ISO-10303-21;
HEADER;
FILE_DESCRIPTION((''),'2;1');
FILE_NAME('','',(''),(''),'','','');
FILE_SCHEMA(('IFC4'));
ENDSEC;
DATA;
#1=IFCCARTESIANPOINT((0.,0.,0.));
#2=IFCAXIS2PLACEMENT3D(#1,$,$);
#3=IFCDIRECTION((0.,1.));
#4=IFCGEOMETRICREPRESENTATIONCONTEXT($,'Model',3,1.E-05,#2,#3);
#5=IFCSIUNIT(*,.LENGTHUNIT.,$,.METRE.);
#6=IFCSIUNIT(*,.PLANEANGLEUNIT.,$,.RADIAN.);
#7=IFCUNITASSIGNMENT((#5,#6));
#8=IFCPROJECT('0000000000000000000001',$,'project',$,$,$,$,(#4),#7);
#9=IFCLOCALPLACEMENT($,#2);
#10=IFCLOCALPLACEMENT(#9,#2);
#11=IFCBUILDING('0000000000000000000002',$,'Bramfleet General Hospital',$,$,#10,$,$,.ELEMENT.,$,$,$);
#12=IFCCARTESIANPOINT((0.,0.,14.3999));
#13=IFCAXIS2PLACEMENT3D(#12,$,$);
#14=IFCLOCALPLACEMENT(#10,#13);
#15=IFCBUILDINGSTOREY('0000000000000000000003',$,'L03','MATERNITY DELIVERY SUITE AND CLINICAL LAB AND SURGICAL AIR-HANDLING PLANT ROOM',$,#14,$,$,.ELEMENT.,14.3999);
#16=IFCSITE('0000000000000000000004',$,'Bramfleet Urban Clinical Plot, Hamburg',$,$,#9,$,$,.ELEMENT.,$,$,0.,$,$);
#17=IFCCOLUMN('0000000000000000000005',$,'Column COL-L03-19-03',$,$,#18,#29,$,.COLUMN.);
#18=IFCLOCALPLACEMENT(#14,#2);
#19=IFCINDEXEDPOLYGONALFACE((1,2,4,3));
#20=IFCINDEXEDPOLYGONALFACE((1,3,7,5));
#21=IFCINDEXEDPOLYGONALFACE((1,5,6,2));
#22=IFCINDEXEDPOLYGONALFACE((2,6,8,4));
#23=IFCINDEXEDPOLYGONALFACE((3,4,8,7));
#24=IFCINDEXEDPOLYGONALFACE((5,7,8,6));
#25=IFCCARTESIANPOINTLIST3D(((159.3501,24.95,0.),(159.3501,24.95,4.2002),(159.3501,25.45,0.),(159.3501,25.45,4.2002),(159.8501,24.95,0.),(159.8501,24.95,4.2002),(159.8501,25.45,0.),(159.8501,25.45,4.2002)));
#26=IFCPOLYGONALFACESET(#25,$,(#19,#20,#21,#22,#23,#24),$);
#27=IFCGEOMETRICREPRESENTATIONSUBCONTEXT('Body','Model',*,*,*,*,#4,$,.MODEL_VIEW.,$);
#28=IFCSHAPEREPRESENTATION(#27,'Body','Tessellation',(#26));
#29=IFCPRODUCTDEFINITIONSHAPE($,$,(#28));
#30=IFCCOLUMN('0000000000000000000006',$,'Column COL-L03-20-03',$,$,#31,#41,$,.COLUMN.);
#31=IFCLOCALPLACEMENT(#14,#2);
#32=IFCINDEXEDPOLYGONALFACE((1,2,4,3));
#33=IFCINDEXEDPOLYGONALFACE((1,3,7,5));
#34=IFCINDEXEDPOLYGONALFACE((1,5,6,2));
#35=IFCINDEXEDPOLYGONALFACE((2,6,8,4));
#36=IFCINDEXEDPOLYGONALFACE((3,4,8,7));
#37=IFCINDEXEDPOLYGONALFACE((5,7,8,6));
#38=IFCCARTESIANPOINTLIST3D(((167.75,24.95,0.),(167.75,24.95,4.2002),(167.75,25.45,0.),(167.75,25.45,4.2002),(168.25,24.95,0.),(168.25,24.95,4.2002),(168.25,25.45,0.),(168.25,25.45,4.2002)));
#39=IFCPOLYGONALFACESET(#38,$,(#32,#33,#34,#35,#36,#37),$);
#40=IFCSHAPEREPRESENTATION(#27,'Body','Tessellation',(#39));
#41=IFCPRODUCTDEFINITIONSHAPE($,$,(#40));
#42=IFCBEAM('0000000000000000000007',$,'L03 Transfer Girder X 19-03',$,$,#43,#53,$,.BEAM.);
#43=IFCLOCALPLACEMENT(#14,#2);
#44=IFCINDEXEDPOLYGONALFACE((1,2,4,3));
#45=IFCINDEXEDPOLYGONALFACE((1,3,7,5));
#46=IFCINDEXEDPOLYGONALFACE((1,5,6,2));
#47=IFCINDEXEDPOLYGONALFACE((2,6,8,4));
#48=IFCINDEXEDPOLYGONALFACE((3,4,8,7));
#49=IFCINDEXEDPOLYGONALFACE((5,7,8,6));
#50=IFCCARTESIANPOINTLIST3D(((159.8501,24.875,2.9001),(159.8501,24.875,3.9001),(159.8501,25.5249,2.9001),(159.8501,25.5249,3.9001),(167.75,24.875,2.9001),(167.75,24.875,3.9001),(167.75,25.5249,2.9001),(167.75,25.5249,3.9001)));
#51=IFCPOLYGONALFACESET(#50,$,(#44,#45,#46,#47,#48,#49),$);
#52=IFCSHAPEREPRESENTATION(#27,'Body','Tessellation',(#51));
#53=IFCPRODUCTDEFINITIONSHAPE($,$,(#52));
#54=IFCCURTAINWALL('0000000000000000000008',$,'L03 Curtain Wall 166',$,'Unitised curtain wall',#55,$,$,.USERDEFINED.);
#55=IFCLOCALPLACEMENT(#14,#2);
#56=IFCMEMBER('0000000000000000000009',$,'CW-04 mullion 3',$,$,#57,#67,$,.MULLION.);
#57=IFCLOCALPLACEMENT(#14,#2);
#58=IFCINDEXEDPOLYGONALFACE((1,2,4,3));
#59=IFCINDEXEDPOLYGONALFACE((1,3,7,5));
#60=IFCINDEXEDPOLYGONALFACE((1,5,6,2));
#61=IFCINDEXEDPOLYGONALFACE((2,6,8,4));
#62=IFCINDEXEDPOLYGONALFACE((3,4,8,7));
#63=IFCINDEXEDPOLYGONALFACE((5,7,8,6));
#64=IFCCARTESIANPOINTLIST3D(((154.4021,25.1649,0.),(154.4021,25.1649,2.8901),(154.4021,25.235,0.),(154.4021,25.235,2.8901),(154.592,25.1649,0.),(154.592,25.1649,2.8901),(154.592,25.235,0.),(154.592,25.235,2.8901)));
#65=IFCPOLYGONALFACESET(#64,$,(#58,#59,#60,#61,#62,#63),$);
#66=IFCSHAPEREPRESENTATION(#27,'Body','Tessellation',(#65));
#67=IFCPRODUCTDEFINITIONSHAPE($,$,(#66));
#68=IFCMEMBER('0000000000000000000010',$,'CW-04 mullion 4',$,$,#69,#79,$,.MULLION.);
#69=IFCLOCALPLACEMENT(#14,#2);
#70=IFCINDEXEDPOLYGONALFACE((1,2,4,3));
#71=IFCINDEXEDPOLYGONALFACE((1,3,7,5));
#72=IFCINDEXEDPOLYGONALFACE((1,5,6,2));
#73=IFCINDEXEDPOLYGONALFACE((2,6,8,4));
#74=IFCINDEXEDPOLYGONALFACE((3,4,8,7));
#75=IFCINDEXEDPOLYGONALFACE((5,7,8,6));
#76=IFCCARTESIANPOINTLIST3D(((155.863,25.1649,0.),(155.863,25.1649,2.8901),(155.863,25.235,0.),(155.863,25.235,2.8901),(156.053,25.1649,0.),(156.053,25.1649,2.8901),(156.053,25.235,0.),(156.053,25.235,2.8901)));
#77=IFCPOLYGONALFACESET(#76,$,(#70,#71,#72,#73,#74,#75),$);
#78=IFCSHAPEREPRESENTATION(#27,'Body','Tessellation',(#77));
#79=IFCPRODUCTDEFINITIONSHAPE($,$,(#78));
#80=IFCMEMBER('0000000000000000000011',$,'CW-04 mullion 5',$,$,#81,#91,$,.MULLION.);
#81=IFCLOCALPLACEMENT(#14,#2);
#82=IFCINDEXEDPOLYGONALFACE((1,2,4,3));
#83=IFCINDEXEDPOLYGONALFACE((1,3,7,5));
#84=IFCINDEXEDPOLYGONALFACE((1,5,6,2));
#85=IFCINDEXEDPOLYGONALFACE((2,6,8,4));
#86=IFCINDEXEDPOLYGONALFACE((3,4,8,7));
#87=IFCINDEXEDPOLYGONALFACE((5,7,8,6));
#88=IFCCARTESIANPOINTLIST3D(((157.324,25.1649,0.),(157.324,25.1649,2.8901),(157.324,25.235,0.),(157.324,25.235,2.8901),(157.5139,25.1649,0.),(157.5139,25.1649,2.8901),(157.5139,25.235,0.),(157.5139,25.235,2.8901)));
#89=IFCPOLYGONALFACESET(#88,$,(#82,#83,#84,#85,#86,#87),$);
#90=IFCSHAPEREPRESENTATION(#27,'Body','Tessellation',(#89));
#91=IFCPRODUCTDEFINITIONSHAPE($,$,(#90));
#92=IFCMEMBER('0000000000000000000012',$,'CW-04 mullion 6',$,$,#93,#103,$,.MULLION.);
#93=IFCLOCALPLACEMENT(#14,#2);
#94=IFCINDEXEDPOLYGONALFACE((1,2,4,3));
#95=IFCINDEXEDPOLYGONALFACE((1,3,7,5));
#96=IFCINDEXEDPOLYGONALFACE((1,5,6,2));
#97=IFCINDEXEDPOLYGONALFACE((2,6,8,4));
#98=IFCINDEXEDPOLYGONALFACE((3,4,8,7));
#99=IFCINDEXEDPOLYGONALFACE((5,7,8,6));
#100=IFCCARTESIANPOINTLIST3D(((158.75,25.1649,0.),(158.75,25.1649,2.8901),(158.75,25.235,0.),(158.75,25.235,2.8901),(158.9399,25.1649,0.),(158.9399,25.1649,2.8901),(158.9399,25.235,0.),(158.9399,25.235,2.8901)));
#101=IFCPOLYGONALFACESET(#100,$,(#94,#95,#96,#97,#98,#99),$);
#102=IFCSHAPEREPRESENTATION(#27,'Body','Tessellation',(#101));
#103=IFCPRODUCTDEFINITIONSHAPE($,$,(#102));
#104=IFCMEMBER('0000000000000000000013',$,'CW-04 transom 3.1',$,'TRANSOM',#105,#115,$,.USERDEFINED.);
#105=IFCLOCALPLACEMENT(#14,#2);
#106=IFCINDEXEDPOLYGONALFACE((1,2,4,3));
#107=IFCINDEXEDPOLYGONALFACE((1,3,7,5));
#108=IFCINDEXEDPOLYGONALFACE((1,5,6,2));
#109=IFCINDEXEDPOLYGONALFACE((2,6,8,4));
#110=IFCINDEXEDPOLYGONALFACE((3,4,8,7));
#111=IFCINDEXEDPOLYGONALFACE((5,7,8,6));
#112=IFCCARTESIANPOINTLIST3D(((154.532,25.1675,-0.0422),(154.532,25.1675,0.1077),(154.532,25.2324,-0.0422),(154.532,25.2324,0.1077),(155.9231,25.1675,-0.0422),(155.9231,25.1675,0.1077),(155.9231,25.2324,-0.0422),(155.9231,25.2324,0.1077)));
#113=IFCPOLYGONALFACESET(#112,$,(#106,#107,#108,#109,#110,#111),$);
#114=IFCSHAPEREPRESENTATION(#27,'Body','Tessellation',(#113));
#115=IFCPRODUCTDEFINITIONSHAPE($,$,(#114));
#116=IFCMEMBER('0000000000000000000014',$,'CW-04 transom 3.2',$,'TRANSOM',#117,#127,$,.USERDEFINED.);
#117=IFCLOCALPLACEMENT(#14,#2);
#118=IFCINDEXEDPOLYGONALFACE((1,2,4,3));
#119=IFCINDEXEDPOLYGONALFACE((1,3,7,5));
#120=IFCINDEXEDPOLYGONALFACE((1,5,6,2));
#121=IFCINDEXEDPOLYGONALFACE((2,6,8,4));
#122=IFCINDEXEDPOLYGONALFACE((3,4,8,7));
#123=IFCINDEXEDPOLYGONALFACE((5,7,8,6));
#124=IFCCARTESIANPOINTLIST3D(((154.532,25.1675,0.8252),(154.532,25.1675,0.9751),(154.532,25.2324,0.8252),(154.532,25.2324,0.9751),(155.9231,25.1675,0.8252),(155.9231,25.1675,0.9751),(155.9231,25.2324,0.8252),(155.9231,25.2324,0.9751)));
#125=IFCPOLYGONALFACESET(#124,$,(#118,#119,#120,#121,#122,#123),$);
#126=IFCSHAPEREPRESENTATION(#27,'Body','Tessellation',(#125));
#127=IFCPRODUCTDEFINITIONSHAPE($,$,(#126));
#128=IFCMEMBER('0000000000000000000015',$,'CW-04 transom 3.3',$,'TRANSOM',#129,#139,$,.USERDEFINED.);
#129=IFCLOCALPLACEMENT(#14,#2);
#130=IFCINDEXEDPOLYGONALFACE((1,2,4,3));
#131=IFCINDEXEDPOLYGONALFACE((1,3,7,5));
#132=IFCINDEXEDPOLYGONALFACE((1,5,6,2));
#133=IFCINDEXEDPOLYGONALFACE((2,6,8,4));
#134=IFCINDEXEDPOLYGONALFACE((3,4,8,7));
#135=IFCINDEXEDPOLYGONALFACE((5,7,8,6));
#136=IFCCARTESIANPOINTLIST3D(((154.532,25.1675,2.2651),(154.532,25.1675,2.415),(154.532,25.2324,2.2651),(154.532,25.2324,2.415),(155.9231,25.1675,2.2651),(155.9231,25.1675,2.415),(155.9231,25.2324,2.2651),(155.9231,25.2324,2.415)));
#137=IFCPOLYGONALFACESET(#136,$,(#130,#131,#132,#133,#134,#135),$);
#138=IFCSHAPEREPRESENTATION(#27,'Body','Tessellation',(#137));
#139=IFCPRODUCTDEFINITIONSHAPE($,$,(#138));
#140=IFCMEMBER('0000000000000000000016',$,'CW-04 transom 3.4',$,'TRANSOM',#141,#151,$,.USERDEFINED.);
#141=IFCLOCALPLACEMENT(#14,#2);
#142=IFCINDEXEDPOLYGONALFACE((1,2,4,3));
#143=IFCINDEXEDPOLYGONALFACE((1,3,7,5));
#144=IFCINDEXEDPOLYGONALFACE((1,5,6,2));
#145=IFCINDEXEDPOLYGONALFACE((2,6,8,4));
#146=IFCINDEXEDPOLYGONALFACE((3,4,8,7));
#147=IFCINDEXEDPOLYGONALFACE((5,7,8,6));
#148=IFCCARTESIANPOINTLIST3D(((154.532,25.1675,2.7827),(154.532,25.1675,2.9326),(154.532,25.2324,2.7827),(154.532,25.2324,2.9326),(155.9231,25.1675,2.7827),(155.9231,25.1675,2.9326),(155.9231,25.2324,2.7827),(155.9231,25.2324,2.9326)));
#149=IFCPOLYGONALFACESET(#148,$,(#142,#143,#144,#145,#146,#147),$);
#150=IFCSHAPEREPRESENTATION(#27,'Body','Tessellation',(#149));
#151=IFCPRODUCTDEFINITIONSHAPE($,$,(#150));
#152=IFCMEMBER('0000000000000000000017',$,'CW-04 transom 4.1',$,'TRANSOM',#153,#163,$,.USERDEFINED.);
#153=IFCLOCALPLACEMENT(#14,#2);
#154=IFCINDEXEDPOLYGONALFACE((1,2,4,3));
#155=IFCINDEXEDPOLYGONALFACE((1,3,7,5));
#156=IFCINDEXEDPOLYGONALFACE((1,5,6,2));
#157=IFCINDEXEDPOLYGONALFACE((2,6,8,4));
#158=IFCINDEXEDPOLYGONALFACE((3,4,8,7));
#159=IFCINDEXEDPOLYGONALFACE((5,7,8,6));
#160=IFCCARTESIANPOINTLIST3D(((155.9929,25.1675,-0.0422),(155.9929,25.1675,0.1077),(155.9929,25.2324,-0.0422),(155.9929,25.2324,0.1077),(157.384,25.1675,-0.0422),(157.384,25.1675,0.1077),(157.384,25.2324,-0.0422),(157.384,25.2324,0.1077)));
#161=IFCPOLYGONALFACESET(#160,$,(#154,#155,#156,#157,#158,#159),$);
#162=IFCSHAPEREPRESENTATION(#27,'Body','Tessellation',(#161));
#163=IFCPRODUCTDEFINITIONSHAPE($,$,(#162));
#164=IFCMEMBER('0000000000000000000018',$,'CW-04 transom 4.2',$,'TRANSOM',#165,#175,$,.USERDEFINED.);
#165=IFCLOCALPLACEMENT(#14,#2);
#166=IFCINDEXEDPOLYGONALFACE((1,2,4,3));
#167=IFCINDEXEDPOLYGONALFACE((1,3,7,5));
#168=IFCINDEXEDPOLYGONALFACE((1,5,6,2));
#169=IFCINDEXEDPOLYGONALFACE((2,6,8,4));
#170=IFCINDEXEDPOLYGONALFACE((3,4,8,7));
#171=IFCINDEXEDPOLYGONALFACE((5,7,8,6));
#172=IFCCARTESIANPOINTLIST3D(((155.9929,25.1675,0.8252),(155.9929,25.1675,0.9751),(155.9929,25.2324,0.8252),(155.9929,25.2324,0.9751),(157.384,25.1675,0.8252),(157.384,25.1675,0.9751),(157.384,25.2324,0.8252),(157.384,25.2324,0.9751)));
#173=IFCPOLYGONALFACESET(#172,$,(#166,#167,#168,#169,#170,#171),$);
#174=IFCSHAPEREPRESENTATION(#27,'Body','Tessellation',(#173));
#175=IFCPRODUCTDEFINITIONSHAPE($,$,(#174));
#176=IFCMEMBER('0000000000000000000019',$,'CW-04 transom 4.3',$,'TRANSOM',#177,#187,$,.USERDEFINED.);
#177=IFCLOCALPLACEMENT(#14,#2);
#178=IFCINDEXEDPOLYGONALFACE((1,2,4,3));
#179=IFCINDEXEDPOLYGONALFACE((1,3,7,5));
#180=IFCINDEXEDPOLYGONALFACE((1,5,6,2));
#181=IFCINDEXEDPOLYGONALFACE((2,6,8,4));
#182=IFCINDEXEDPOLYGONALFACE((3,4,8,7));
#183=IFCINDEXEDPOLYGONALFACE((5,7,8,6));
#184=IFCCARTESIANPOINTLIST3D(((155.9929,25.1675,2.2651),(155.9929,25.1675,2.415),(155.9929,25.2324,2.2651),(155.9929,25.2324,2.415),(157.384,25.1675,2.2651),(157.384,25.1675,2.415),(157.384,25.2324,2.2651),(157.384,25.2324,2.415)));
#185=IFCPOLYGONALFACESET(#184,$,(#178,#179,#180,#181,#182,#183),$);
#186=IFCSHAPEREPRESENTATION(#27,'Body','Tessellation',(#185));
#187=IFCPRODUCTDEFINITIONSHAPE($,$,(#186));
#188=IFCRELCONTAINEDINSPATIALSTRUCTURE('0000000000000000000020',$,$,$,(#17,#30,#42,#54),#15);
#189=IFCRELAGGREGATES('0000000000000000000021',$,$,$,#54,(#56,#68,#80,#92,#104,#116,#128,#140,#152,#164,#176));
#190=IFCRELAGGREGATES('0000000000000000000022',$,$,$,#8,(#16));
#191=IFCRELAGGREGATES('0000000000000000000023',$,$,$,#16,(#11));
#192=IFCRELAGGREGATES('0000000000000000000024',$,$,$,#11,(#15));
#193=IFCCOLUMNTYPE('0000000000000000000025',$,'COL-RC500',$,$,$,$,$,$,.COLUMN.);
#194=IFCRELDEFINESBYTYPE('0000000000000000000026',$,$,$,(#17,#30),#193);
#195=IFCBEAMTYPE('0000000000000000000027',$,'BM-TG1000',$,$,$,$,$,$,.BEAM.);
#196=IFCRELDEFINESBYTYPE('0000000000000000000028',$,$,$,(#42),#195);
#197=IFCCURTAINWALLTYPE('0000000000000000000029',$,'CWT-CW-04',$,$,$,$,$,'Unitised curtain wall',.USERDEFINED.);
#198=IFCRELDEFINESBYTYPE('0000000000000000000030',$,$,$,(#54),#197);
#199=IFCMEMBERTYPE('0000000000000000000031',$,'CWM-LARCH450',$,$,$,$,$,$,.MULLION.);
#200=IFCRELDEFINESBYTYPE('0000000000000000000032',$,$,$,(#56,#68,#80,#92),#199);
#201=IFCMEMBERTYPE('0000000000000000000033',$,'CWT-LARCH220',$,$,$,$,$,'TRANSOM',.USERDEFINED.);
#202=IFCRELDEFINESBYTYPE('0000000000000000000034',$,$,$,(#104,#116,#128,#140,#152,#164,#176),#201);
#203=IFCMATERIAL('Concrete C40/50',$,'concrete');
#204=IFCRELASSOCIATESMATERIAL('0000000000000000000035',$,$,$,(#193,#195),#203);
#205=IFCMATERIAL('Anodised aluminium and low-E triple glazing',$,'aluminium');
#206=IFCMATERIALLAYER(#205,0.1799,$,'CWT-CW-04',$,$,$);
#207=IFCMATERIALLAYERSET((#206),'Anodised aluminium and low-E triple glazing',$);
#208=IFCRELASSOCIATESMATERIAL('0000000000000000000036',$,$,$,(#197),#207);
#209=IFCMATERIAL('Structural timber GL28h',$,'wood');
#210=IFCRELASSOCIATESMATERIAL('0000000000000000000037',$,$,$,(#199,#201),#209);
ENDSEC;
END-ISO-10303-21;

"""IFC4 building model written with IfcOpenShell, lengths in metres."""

from ifc_helpers import new_model, si_unit, direction, frame, origin, origin_2d, place, context, subcontext, project, spatial, rectangle, extrude, material, layer, layer_set, material_profile, profile_set, type_object, element, aggregate, save


model = new_model("IFC4")

# Units and contexts
model_context = context("Model", 3, precision=1e-05, world=origin(), true_north=direction((0.0, 1.0)))
body_context = subcontext(model_context, "Body", "Model", "MODEL_VIEW")
ifc_project = project(units=[si_unit("LENGTHUNIT", "METRE"), si_unit("PLANEANGLEUNIT", "RADIAN")], contexts=[model_context])

# Site, building, storey
site_placement = place(None, origin())
site = spatial("IfcSite", under=ifc_project, at=site_placement, Name="Bramfleet Urban Clinical Plot, Hamburg", CompositionType="ELEMENT", RefElevation=0.0)
building_placement = place(site_placement, origin())
building = spatial("IfcBuilding", under=site, at=building_placement, Name="Bramfleet General Hospital", CompositionType="ELEMENT")
storey_placement = place(building_placement, frame((0.0, 0.0, 14.3999)))
storey = spatial("IfcBuildingStorey", under=building, at=storey_placement, Name="L03", Description="MATERNITY DELIVERY SUITE AND CLINICAL LAB AND SURGICAL AIR-HANDLING PLANT ROOM", CompositionType="ELEMENT", Elevation=14.3999)

# Columns
ifc_material_1 = material(Name="Concrete C40/50", Category="concrete")
ifc_material_profile_1 = material_profile(ifc_material_1, rectangle(XDim=0.5, YDim=0.5, at=origin_2d()), Name="RC COL 500x500")
ifc_profile_set_1 = profile_set([ifc_material_profile_1], Name="Concrete C40/50")
column_type = type_object("IfcColumnType", Name="COL-RC500", PredefinedType="COLUMN", material=ifc_profile_set_1)
for number, where, z_axis, x_axis, name in (
    (1, (159.6001, 25.2, 0.0), (0.0, 0.0, 1.0), (1.0, 0.0, 0.0), "Column COL-L03-19-03"),
    (2, (168.0, 25.2, 0.0), (0.0, 0.0, 1.0), (1.0, 0.0, 0.0), "Column COL-L03-20-03"),
):
    element("IfcColumn", number, at=place(storey_placement, frame(where, z_axis=z_axis, x_axis=x_axis)), inside=storey, type_object=column_type, Name=name, PredefinedType="COLUMN", context=body_context, shape_type="SweptSolid", body=[
        extrude(rectangle(XDim=0.5, YDim=0.5, at=origin_2d()), origin(), (0.0, 0.0, 1.0), 4.2002),
    ])

# Beam
ifc_material_profile_2 = material_profile(ifc_material_1, rectangle(XDim=0.6499, YDim=1.0, at=origin_2d()), Name="RC TG 1000x650")
ifc_profile_set_2 = profile_set([ifc_material_profile_2], Name="Concrete C40/50")
beam_type = type_object("IfcBeamType", Name="BM-TG1000", PredefinedType="BEAM", material=ifc_profile_set_2)
beam_placement = place(storey_placement, frame((159.8501, 25.2, 3.4001), z_axis=(1.0, 0.0, 0.0), x_axis=(0.0, 1.0, 0.0)))
element("IfcBeam", 3, at=beam_placement, inside=storey, type_object=beam_type, Name="L03 Transfer Girder X 19-03", PredefinedType="BEAM", context=body_context, shape_type="SweptSolid", body=[
    extrude(rectangle(XDim=0.6499, YDim=1.0, at=origin_2d()), origin(), (0.0, 0.0, 1.0), 7.8999),
])

# Curtain wall, members
ifc_material_2 = material(Name="Anodised aluminium and low-E triple glazing", Category="aluminium")
ifc_layer_1 = layer(ifc_material_2, 0.1799, Name="CWT-CW-04")
ifc_layer_set_1 = layer_set([ifc_layer_1], Name="Anodised aluminium and low-E triple glazing")
curtain_wall_type = type_object("IfcCurtainWallType", Name="CWT-CW-04", ElementType="Unitised curtain wall", PredefinedType="USERDEFINED", material=ifc_layer_set_1)
curtain_wall_placement = place(storey_placement, origin())
curtain_wall = element("IfcCurtainWall", 4, at=curtain_wall_placement, inside=storey, type_object=curtain_wall_type, Name="L03 Curtain Wall 166", ObjectType="Unitised curtain wall", PredefinedType="USERDEFINED")
ifc_material_3 = material(Name="Structural timber GL28h", Category="wood")
ifc_material_profile_3 = material_profile(ifc_material_3, rectangle(XDim=0.0701, YDim=0.1899, at=origin_2d()), Name="LARCH 190x70")
ifc_profile_set_3 = profile_set([ifc_material_profile_3], Name="Structural timber GL28h")
member_type_1 = type_object("IfcMemberType", Name="CWM-LARCH450", PredefinedType="MULLION", material=ifc_profile_set_3)
member_1_placement = place(storey_placement, frame((154.4971, 25.2, 0.0), z_axis=(0.0, 0.0, 1.0), x_axis=(0.0, 1.0, 0.0)))
member_1 = element("IfcMember", 5, at=member_1_placement, type_object=member_type_1, Name="CW-04 mullion 3", PredefinedType="MULLION", context=body_context, shape_type="SweptSolid", body=[
    extrude(rectangle(XDim=0.0701, YDim=0.1899, at=origin_2d()), origin(), (0.0, 0.0, 1.0), 2.8901),
])
member_2_placement = place(storey_placement, frame((155.958, 25.2, 0.0), z_axis=(0.0, 0.0, 1.0), x_axis=(0.0, 1.0, 0.0)))
member_2 = element("IfcMember", 6, at=member_2_placement, type_object=member_type_1, Name="CW-04 mullion 4", PredefinedType="MULLION", context=body_context, shape_type="SweptSolid", body=[
    extrude(rectangle(XDim=0.0701, YDim=0.1899, at=origin_2d()), origin(), (0.0, 0.0, 1.0), 2.8901),
])
member_3_placement = place(storey_placement, frame((157.4189, 25.2, 0.0), z_axis=(0.0, 0.0, 1.0), x_axis=(0.0, 1.0, 0.0)))
member_3 = element("IfcMember", 7, at=member_3_placement, type_object=member_type_1, Name="CW-04 mullion 5", PredefinedType="MULLION", context=body_context, shape_type="SweptSolid", body=[
    extrude(rectangle(XDim=0.0701, YDim=0.1899, at=origin_2d()), origin(), (0.0, 0.0, 1.0), 2.8901),
])
member_4_placement = place(storey_placement, frame((158.845, 25.2, 0.0), z_axis=(0.0, 0.0, 1.0), x_axis=(0.0, 1.0, 0.0)))
member_4 = element("IfcMember", 8, at=member_4_placement, type_object=member_type_1, Name="CW-04 mullion 6", PredefinedType="MULLION", context=body_context, shape_type="SweptSolid", body=[
    extrude(rectangle(XDim=0.0701, YDim=0.1899, at=origin_2d()), origin(), (0.0, 0.0, 1.0), 2.8901),
])
ifc_material_profile_4 = material_profile(ifc_material_3, rectangle(XDim=0.0649, YDim=0.1499, at=origin_2d()), Name="LARCH 150x65")
ifc_profile_set_4 = profile_set([ifc_material_profile_4], Name="Structural timber GL28h")
member_type_2 = type_object("IfcMemberType", Name="CWT-LARCH220", ElementType="TRANSOM", PredefinedType="USERDEFINED", material=ifc_profile_set_4)
member_5_placement = place(storey_placement, frame((154.532, 25.2, 0.0327), z_axis=(1.0, 0.0, 0.0), x_axis=(0.0, 1.0, 0.0)))
member_5 = element("IfcMember", 9, at=member_5_placement, type_object=member_type_2, Name="CW-04 transom 3.1", ObjectType="TRANSOM", PredefinedType="USERDEFINED", context=body_context, shape_type="SweptSolid", body=[
    extrude(rectangle(XDim=0.0649, YDim=0.1499, at=origin_2d()), origin(), (0.0, 0.0, 1.0), 1.3911),
])
member_6_placement = place(storey_placement, frame((154.532, 25.2, 0.9001), z_axis=(1.0, 0.0, 0.0), x_axis=(0.0, 1.0, 0.0)))
member_6 = element("IfcMember", 10, at=member_6_placement, type_object=member_type_2, Name="CW-04 transom 3.2", ObjectType="TRANSOM", PredefinedType="USERDEFINED", context=body_context, shape_type="SweptSolid", body=[
    extrude(rectangle(XDim=0.0649, YDim=0.1499, at=origin_2d()), origin(), (0.0, 0.0, 1.0), 1.3911),
])
member_7_placement = place(storey_placement, frame((154.532, 25.2, 2.3401), z_axis=(1.0, 0.0, 0.0), x_axis=(0.0, 1.0, 0.0)))
member_7 = element("IfcMember", 11, at=member_7_placement, type_object=member_type_2, Name="CW-04 transom 3.3", ObjectType="TRANSOM", PredefinedType="USERDEFINED", context=body_context, shape_type="SweptSolid", body=[
    extrude(rectangle(XDim=0.0649, YDim=0.1499, at=origin_2d()), origin(), (0.0, 0.0, 1.0), 1.3911),
])
member_8_placement = place(storey_placement, frame((154.532, 25.2, 2.8577), z_axis=(1.0, 0.0, 0.0), x_axis=(0.0, 1.0, 0.0)))
member_8 = element("IfcMember", 12, at=member_8_placement, type_object=member_type_2, Name="CW-04 transom 3.4", ObjectType="TRANSOM", PredefinedType="USERDEFINED", context=body_context, shape_type="SweptSolid", body=[
    extrude(rectangle(XDim=0.0649, YDim=0.1499, at=origin_2d()), origin(), (0.0, 0.0, 1.0), 1.3911),
])
member_9_placement = place(storey_placement, frame((155.9929, 25.2, 0.0327), z_axis=(1.0, 0.0, 0.0), x_axis=(0.0, 1.0, 0.0)))
member_9 = element("IfcMember", 13, at=member_9_placement, type_object=member_type_2, Name="CW-04 transom 4.1", ObjectType="TRANSOM", PredefinedType="USERDEFINED", context=body_context, shape_type="SweptSolid", body=[
    extrude(rectangle(XDim=0.0649, YDim=0.1499, at=origin_2d()), origin(), (0.0, 0.0, 1.0), 1.3911),
])
member_10_placement = place(storey_placement, frame((155.9929, 25.2, 0.9001), z_axis=(1.0, 0.0, 0.0), x_axis=(0.0, 1.0, 0.0)))
member_10 = element("IfcMember", 14, at=member_10_placement, type_object=member_type_2, Name="CW-04 transom 4.2", ObjectType="TRANSOM", PredefinedType="USERDEFINED", context=body_context, shape_type="SweptSolid", body=[
    extrude(rectangle(XDim=0.0649, YDim=0.1499, at=origin_2d()), origin(), (0.0, 0.0, 1.0), 1.3911),
])
member_11_placement = place(storey_placement, frame((155.9929, 25.2, 2.3401), z_axis=(1.0, 0.0, 0.0), x_axis=(0.0, 1.0, 0.0)))
member_11 = element("IfcMember", 15, at=member_11_placement, type_object=member_type_2, Name="CW-04 transom 4.3", ObjectType="TRANSOM", PredefinedType="USERDEFINED", context=body_context, shape_type="SweptSolid", body=[
    extrude(rectangle(XDim=0.0649, YDim=0.1499, at=origin_2d()), origin(), (0.0, 0.0, 1.0), 1.3911),
])
aggregate(curtain_wall, [member_1, member_2, member_3, member_4, member_5, member_6, member_7, member_8, member_9, member_10, member_11])

save(model, "model.ifc")
